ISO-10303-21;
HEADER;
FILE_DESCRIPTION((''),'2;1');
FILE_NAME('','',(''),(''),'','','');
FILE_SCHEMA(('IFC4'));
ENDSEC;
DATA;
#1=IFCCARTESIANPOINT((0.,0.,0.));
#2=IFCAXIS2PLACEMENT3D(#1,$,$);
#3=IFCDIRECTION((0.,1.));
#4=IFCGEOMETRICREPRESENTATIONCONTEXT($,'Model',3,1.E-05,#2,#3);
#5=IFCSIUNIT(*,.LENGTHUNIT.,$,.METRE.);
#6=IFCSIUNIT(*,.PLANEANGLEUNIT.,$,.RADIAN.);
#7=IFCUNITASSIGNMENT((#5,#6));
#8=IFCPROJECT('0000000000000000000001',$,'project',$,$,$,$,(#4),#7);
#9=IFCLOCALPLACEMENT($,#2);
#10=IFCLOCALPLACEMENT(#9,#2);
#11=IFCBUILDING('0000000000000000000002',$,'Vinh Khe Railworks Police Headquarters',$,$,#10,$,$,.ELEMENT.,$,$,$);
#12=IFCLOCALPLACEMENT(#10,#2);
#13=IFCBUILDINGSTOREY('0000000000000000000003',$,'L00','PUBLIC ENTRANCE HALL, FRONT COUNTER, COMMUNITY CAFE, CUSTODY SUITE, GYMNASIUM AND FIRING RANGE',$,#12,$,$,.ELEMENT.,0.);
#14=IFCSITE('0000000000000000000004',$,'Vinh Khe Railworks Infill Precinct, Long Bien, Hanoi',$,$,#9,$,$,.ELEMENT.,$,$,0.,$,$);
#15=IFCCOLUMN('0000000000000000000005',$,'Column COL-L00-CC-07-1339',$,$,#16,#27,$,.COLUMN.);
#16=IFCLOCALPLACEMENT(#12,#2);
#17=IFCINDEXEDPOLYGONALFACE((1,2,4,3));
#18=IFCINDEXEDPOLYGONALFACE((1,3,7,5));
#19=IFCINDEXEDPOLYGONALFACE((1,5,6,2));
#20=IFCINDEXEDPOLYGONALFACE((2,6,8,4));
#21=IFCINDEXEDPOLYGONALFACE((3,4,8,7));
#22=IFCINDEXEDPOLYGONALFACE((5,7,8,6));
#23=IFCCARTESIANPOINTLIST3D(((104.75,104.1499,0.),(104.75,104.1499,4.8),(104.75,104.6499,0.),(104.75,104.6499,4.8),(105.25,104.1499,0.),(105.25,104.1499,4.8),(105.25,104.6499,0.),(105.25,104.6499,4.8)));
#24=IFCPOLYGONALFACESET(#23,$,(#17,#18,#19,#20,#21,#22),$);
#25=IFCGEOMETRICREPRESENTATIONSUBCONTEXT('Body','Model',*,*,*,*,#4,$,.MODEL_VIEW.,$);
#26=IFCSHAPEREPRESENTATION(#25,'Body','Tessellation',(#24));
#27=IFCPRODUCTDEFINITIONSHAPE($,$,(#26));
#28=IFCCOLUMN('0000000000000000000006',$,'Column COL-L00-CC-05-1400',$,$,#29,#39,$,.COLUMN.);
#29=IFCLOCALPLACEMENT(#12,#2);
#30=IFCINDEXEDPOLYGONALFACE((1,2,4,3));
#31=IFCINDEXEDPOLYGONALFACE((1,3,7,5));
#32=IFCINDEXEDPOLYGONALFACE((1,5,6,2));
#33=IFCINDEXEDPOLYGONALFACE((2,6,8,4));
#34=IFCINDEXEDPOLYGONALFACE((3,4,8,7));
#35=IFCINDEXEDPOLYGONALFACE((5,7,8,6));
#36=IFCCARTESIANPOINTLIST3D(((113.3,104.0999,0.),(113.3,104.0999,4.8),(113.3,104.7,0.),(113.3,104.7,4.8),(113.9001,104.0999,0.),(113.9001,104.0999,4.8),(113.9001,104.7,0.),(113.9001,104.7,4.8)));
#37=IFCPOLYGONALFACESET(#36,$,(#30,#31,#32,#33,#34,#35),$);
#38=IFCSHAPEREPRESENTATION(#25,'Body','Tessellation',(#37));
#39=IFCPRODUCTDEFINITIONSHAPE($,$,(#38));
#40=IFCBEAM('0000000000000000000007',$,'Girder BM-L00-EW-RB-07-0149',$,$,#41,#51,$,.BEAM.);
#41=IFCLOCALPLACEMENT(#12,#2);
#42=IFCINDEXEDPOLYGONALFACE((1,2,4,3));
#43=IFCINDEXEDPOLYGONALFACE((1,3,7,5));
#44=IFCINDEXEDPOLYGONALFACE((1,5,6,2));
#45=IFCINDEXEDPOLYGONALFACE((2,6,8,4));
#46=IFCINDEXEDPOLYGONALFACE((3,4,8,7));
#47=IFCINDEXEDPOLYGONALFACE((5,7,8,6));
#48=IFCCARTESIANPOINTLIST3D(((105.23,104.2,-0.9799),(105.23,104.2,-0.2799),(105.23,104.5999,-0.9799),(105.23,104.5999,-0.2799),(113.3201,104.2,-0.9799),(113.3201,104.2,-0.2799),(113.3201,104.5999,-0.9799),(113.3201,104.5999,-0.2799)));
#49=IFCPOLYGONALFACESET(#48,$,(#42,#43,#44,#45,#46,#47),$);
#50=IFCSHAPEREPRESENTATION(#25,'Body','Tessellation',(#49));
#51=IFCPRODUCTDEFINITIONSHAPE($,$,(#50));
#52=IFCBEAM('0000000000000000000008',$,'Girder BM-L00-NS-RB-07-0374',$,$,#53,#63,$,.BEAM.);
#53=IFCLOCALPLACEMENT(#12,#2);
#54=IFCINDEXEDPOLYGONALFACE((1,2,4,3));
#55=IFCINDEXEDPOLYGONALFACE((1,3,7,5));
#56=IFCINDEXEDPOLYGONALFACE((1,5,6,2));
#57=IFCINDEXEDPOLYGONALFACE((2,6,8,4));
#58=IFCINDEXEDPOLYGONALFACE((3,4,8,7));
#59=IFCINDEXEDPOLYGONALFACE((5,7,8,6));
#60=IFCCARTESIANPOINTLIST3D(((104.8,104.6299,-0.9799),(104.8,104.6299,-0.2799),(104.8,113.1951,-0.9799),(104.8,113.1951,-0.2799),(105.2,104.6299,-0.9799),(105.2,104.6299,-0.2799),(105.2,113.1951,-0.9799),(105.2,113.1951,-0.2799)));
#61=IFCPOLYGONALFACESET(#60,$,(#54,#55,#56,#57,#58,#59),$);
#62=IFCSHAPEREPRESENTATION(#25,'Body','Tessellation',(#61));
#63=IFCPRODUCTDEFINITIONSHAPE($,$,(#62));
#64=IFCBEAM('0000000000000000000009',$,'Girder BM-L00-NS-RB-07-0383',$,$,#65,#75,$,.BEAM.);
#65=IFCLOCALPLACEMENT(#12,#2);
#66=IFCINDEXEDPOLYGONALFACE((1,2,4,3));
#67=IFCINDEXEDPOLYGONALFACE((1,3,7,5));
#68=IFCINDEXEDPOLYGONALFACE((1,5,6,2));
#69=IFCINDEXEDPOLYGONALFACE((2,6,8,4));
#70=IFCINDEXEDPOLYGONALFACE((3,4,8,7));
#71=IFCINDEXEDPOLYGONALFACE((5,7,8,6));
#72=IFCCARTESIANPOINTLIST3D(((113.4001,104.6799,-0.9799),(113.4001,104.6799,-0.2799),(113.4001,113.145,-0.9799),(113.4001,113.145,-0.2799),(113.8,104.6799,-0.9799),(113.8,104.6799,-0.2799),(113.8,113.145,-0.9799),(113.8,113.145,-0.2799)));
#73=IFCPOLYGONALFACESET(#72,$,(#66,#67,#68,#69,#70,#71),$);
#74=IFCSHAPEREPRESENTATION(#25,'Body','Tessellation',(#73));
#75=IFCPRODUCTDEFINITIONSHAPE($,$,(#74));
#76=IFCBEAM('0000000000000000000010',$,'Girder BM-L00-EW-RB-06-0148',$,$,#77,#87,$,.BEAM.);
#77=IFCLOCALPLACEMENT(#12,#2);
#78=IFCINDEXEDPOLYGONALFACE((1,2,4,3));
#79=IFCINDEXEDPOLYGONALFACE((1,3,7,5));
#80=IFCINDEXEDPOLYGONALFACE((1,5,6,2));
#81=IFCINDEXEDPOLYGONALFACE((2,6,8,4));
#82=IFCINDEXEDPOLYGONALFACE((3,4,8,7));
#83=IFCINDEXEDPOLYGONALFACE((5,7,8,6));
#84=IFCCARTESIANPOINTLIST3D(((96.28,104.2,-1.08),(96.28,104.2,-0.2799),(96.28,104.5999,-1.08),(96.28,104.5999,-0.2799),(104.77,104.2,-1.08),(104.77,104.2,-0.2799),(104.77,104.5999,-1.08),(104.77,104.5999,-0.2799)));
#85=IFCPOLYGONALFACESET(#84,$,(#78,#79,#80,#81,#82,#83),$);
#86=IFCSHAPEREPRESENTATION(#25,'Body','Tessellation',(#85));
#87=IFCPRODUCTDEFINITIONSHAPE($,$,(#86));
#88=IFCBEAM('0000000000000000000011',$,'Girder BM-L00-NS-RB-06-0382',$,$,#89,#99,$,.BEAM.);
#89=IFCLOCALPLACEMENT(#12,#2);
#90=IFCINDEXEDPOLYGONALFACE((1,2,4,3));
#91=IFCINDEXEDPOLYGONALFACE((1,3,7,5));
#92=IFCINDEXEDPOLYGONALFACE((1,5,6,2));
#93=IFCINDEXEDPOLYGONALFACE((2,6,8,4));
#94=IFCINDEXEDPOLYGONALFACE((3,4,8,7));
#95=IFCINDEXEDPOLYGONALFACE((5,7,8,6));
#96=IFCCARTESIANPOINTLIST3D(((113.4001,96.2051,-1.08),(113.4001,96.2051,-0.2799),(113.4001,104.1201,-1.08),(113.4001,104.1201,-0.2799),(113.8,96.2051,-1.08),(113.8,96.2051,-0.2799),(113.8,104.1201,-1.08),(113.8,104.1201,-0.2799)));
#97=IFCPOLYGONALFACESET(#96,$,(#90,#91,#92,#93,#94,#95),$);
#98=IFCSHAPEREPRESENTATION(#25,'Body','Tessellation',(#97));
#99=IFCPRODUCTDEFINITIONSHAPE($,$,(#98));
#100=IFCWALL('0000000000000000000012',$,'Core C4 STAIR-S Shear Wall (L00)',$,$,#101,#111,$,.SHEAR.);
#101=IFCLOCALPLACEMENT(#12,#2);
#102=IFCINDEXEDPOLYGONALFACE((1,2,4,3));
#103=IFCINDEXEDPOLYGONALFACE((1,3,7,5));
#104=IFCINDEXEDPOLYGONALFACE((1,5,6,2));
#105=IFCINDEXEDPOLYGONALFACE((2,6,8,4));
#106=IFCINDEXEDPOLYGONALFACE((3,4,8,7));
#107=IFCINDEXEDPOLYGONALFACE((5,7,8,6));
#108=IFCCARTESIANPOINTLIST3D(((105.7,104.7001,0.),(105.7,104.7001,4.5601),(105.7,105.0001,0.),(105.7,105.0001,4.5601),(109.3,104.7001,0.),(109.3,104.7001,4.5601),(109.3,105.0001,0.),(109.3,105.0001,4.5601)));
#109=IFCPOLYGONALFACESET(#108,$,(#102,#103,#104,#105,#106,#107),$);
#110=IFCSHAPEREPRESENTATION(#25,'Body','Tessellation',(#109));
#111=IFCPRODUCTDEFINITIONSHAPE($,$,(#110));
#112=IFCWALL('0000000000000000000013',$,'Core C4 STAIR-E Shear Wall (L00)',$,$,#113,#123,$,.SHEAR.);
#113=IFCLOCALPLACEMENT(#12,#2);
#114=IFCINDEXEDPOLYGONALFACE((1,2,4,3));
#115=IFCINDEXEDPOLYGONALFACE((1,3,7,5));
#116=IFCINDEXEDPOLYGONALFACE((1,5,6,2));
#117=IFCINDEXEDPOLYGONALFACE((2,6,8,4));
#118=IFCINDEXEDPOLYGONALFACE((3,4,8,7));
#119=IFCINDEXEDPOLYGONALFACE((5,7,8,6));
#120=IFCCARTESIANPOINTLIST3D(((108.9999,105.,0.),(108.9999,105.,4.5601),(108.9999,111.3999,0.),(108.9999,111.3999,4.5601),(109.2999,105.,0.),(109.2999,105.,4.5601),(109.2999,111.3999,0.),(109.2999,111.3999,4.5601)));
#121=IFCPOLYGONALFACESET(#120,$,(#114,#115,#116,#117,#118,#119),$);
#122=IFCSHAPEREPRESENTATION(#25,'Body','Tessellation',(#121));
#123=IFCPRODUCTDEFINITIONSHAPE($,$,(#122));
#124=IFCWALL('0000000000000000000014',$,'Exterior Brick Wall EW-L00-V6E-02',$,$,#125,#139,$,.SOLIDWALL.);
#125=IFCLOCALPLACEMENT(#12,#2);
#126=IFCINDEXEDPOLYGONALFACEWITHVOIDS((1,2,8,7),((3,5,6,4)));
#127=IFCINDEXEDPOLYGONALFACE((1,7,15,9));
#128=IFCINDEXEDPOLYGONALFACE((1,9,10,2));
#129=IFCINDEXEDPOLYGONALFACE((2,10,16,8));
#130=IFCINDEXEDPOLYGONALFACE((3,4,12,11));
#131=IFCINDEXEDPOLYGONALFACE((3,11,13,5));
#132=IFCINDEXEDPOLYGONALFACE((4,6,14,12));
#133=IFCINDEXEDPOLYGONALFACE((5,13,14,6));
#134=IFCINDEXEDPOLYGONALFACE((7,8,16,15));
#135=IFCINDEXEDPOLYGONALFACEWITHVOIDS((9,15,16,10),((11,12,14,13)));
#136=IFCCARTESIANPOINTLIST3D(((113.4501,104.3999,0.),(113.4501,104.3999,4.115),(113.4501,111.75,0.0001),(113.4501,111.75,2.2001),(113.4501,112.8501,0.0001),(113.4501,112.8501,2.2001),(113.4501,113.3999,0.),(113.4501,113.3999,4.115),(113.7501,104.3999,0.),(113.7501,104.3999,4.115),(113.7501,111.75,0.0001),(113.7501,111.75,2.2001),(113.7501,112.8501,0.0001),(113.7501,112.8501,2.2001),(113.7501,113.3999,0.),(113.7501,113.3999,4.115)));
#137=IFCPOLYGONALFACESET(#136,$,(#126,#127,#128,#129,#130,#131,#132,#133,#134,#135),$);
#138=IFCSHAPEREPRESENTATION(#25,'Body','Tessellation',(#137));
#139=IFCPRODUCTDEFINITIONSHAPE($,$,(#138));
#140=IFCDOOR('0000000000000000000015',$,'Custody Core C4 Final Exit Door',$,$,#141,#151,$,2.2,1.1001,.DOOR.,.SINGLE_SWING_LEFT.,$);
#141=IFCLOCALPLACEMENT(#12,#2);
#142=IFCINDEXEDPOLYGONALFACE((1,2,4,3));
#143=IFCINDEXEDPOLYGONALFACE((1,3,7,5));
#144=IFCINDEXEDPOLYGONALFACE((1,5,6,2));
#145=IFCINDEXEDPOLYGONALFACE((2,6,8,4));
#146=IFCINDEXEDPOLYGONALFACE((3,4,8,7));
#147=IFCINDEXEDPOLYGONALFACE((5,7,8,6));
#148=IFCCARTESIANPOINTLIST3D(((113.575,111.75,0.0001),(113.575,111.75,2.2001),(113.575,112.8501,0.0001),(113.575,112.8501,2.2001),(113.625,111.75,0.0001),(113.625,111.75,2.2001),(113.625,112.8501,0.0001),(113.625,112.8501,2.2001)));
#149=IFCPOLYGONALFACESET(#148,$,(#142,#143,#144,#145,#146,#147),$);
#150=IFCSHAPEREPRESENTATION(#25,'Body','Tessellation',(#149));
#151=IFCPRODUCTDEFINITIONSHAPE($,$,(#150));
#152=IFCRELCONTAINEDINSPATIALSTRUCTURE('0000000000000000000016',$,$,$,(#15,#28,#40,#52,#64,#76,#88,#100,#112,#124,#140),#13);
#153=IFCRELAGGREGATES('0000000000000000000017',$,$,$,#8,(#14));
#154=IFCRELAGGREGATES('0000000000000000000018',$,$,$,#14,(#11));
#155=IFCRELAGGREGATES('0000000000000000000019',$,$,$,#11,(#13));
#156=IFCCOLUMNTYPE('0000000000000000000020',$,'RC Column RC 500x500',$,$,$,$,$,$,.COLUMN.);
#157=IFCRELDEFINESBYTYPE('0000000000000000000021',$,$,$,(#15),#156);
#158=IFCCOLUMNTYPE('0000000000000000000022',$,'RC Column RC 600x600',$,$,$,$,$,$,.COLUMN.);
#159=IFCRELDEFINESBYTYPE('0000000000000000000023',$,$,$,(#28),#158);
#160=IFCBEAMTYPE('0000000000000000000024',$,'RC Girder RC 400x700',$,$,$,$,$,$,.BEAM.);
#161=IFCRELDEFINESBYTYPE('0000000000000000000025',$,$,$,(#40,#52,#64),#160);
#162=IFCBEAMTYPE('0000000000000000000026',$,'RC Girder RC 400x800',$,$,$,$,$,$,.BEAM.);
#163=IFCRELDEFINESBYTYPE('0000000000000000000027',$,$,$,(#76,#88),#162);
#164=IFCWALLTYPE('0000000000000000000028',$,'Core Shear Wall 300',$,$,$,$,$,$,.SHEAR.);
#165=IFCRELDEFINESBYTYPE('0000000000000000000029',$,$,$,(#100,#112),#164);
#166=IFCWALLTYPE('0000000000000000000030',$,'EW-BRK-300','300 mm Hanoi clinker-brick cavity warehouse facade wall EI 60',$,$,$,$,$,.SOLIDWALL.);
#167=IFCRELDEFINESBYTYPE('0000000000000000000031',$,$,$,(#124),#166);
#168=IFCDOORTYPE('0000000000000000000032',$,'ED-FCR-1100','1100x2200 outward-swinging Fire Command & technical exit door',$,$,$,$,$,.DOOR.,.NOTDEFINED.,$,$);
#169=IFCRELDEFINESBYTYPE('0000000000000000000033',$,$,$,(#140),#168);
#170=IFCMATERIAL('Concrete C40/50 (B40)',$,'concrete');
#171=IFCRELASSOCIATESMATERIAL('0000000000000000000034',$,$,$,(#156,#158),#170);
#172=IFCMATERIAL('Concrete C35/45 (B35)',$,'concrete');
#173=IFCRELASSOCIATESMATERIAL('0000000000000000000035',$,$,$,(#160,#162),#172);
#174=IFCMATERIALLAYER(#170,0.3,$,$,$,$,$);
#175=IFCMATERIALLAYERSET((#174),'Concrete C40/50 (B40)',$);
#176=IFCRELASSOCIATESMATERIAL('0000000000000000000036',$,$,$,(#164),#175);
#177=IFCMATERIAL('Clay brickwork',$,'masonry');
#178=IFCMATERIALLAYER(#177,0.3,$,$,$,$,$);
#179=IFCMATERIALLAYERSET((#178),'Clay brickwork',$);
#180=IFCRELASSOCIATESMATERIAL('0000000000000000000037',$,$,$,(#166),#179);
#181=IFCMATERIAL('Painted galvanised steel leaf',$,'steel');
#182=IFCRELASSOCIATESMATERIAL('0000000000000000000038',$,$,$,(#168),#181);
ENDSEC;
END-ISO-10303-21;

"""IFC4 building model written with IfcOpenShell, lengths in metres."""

from ifc_helpers import new_model, si_unit, direction, frame, frame_2d, origin, origin_2d, place, context, subcontext, project, spatial, rectangle, extrude, material, layer, layer_set, material_profile, profile_set, type_object, element, fill, save


model = new_model("IFC4")

# Units and contexts
model_context = context("Model", 3, precision=1e-05, world=origin(), true_north=direction((0.0, 1.0)))
body_context = subcontext(model_context, "Body", "Model", "MODEL_VIEW")
ifc_project = project(units=[si_unit("LENGTHUNIT", "METRE"), si_unit("PLANEANGLEUNIT", "RADIAN")], contexts=[model_context])

# Site, building, storey
site_placement = place(None, origin())
site = spatial("IfcSite", under=ifc_project, at=site_placement, Name="Vinh Khe Railworks Infill Precinct, Long Bien, Hanoi", CompositionType="ELEMENT", RefElevation=0.0)
building_placement = place(site_placement, origin())
building = spatial("IfcBuilding", under=site, at=building_placement, Name="Vinh Khe Railworks Police Headquarters", CompositionType="ELEMENT")
storey_placement = place(building_placement, origin())
storey = spatial("IfcBuildingStorey", under=building, at=storey_placement, Name="L00", Description="PUBLIC ENTRANCE HALL, FRONT COUNTER, COMMUNITY CAFE, CUSTODY SUITE, GYMNASIUM AND FIRING RANGE", CompositionType="ELEMENT", Elevation=0.0)

# Columns
ifc_material_1 = material(Name="Concrete C40/50 (B40)", Category="concrete")
ifc_material_profile_1 = material_profile(ifc_material_1, rectangle(XDim=0.5, YDim=0.5, at=origin_2d()), Name="RC 500x500")
ifc_profile_set_1 = profile_set([ifc_material_profile_1], Name="Concrete C40/50 (B40)")
column_type_1 = type_object("IfcColumnType", Name="RC Column RC 500x500", PredefinedType="COLUMN", material=ifc_profile_set_1)
column_1_placement = place(storey_placement, frame((105.0, 104.3999, 0.0), z_axis=(0.0, 0.0, 1.0), x_axis=(1.0, 0.0, 0.0)))
element("IfcColumn", 1, at=column_1_placement, inside=storey, type_object=column_type_1, Name="Column COL-L00-CC-07-1339", PredefinedType="COLUMN", context=body_context, shape_type="SweptSolid", body=[
    extrude(rectangle(XDim=0.5, YDim=0.5, at=origin_2d()), origin(), (0.0, 0.0, 1.0), 4.8),
])
ifc_material_profile_2 = material_profile(ifc_material_1, rectangle(XDim=0.6001, YDim=0.6001, at=origin_2d()), Name="RC 600x600")
ifc_profile_set_2 = profile_set([ifc_material_profile_2], Name="Concrete C40/50 (B40)")
column_type_2 = type_object("IfcColumnType", Name="RC Column RC 600x600", PredefinedType="COLUMN", material=ifc_profile_set_2)
column_2_placement = place(storey_placement, frame((113.6001, 104.3999, 0.0), z_axis=(0.0, 0.0, 1.0), x_axis=(1.0, 0.0, 0.0)))
element("IfcColumn", 2, at=column_2_placement, inside=storey, type_object=column_type_2, Name="Column COL-L00-CC-05-1400", PredefinedType="COLUMN", context=body_context, shape_type="SweptSolid", body=[
    extrude(rectangle(XDim=0.6001, YDim=0.6001, at=origin_2d()), origin(), (0.0, 0.0, 1.0), 4.8),
])

# Beams
ifc_material_2 = material(Name="Concrete C35/45 (B35)", Category="concrete")
ifc_material_profile_3 = material_profile(ifc_material_2, rectangle(XDim=0.3999, YDim=0.7, at=origin_2d()), Name="RC 400x700")
ifc_profile_set_3 = profile_set([ifc_material_profile_3], Name="Concrete C35/45 (B35)")
beam_type_1 = type_object("IfcBeamType", Name="RC Girder RC 400x700", PredefinedType="BEAM", material=ifc_profile_set_3)
beam_1_placement = place(storey_placement, frame((105.23, 104.3999, -0.6299), z_axis=(1.0, 0.0, 0.0), x_axis=(0.0, 1.0, 0.0)))
element("IfcBeam", 3, at=beam_1_placement, inside=storey, type_object=beam_type_1, Name="Girder BM-L00-EW-RB-07-0149", PredefinedType="BEAM", context=body_context, shape_type="SweptSolid", body=[
    extrude(rectangle(XDim=0.3999, YDim=0.7, at=origin_2d()), origin(), (0.0, 0.0, 1.0), 8.0901),
])
beam_2_placement = place(storey_placement, frame((105.0, 104.6299, -0.6299), z_axis=(0.0, 1.0, 0.0), x_axis=(-1.0, 0.0, 0.0)))
element("IfcBeam", 4, at=beam_2_placement, inside=storey, type_object=beam_type_1, Name="Girder BM-L00-NS-RB-07-0374", PredefinedType="BEAM", context=body_context, shape_type="SweptSolid", body=[
    extrude(rectangle(XDim=0.3999, YDim=0.7, at=origin_2d()), origin(), (0.0, 0.0, 1.0), 8.5652),
])
beam_3_placement = place(storey_placement, frame((113.6001, 104.6799, -0.6299), z_axis=(0.0, 1.0, 0.0), x_axis=(-1.0, 0.0, 0.0)))
element("IfcBeam", 5, at=beam_3_placement, inside=storey, type_object=beam_type_1, Name="Girder BM-L00-NS-RB-07-0383", PredefinedType="BEAM", context=body_context, shape_type="SweptSolid", body=[
    extrude(rectangle(XDim=0.3999, YDim=0.7, at=origin_2d()), origin(), (0.0, 0.0, 1.0), 8.4651),
])
ifc_material_profile_4 = material_profile(ifc_material_2, rectangle(XDim=0.3999, YDim=0.8, at=origin_2d()), Name="RC 400x800")
ifc_profile_set_4 = profile_set([ifc_material_profile_4], Name="Concrete C35/45 (B35)")
beam_type_2 = type_object("IfcBeamType", Name="RC Girder RC 400x800", PredefinedType="BEAM", material=ifc_profile_set_4)
beam_4_placement = place(storey_placement, frame((96.28, 104.3999, -0.6799), z_axis=(1.0, 0.0, 0.0), x_axis=(0.0, 1.0, 0.0)))
element("IfcBeam", 6, at=beam_4_placement, inside=storey, type_object=beam_type_2, Name="Girder BM-L00-EW-RB-06-0148", PredefinedType="BEAM", context=body_context, shape_type="SweptSolid", body=[
    extrude(rectangle(XDim=0.3999, YDim=0.8, at=origin_2d()), origin(), (0.0, 0.0, 1.0), 8.49),
])
beam_5_placement = place(storey_placement, frame((113.6001, 96.2051, -0.6799), z_axis=(0.0, 1.0, 0.0), x_axis=(-1.0, 0.0, 0.0)))
element("IfcBeam", 7, at=beam_5_placement, inside=storey, type_object=beam_type_2, Name="Girder BM-L00-NS-RB-06-0382", PredefinedType="BEAM", context=body_context, shape_type="SweptSolid", body=[
    extrude(rectangle(XDim=0.3999, YDim=0.8, at=origin_2d()), origin(), (0.0, 0.0, 1.0), 7.915),
])

# Wall
ifc_layer_1 = layer(ifc_material_1, 0.3)
ifc_layer_set_1 = layer_set([ifc_layer_1], Name="Concrete C40/50 (B40)")
wall_type_1 = type_object("IfcWallType", Name="Core Shear Wall 300", PredefinedType="SHEAR", material=ifc_layer_set_1)
wall_1_placement = place(storey_placement, frame((105.7, 104.8501, 0.0), z_axis=(0.0, 0.0, 1.0), x_axis=(1.0, 0.0, 0.0)))
element("IfcWall", 8, at=wall_1_placement, inside=storey, type_object=wall_type_1, Name="Core C4 STAIR-S Shear Wall (L00)", PredefinedType="SHEAR", context=body_context, shape_type="SweptSolid", body=[
    extrude(rectangle(XDim=3.6001, YDim=0.3, at=frame_2d((1.8, 0.0))), origin(), (0.0, 0.0, 1.0), 4.5601),
])

# Wall
wall_2_placement = place(storey_placement, frame((109.1499, 105.0, 0.0), z_axis=(0.0, 0.0, 1.0), x_axis=(0.0, 1.0, 0.0)))
element("IfcWall", 9, at=wall_2_placement, inside=storey, type_object=wall_type_1, Name="Core C4 STAIR-E Shear Wall (L00)", PredefinedType="SHEAR", context=body_context, shape_type="SweptSolid", body=[
    extrude(rectangle(XDim=6.3999, YDim=0.3, at=frame_2d((3.2, 0.0))), origin(), (0.0, 0.0, 1.0), 4.5601),
])

# Wall, opening, door
ifc_material_3 = material(Name="Clay brickwork", Category="masonry")
ifc_layer_2 = layer(ifc_material_3, 0.3)
ifc_layer_set_2 = layer_set([ifc_layer_2], Name="Clay brickwork")
wall_type_2 = type_object("IfcWallType", Name="EW-BRK-300", Description="300 mm Hanoi clinker-brick cavity warehouse facade wall EI 60", PredefinedType="SOLIDWALL", material=ifc_layer_set_2)
wall_3_placement = place(storey_placement, frame((113.6001, 104.3999, 0.0), z_axis=(0.0, 0.0, 1.0), x_axis=(0.0, 1.0, 0.0)))
wall_3 = element("IfcWall", 10, at=wall_3_placement, inside=storey, type_object=wall_type_2, Name="Exterior Brick Wall EW-L00-V6E-02", PredefinedType="SOLIDWALL", context=body_context, shape_type="SweptSolid", body=[
    extrude(rectangle(XDim=9.0, YDim=0.3, at=frame_2d((4.5, 0.0))), origin(), (0.0, 0.0, 1.0), 4.115),
])
opening_1_placement = place(wall_3_placement, frame((7.3501, 0.0, 0.0)))
opening_1 = element("IfcOpeningElement", 11, at=opening_1_placement, cuts=wall_3, PredefinedType="OPENING", context=body_context, shape_type="SweptSolid", body=[
    extrude(rectangle(XDim=1.1001, YDim=2.2, at=frame_2d((0.55, 1.1001))), frame((0.0, 0.165, 0.0), z_axis=(0.0, -1.0, 0.0), x_axis=(1.0, 0.0, 0.0)), (0.0, 0.0, 1.0), 0.3298),
])
ifc_material_4 = material(Name="Painted galvanised steel leaf", Category="steel")
door_type_1 = type_object("IfcDoorType", Name="ED-FCR-1100", Description="1100x2200 outward-swinging Fire Command & technical exit door", OperationType="NOTDEFINED", PredefinedType="DOOR", material=ifc_material_4)
door_1_placement = place(opening_1_placement, frame((1.1001, 0.0, 0.0), z_axis=(0.0, 0.0, 1.0), x_axis=(-1.0, 0.0, 0.0)))
door_1 = element("IfcDoor", 12, at=door_1_placement, inside=storey, type_object=door_type_1, Name="Custody Core C4 Final Exit Door", OperationType="SINGLE_SWING_LEFT", OverallHeight=2.2, OverallWidth=1.1001, PredefinedType="DOOR", context=body_context, shape_type="SweptSolid", body=[
    extrude(rectangle(XDim=1.1001, YDim=2.2, at=frame_2d((0.55, 1.1001))), frame((0.0, 0.0249, 0.0), z_axis=(0.0, -1.0, 0.0), x_axis=(1.0, 0.0, 0.0)), (0.0, 0.0, 1.0), 0.05),
])
fill(opening_1, door_1)

save(model, "model.ifc")
